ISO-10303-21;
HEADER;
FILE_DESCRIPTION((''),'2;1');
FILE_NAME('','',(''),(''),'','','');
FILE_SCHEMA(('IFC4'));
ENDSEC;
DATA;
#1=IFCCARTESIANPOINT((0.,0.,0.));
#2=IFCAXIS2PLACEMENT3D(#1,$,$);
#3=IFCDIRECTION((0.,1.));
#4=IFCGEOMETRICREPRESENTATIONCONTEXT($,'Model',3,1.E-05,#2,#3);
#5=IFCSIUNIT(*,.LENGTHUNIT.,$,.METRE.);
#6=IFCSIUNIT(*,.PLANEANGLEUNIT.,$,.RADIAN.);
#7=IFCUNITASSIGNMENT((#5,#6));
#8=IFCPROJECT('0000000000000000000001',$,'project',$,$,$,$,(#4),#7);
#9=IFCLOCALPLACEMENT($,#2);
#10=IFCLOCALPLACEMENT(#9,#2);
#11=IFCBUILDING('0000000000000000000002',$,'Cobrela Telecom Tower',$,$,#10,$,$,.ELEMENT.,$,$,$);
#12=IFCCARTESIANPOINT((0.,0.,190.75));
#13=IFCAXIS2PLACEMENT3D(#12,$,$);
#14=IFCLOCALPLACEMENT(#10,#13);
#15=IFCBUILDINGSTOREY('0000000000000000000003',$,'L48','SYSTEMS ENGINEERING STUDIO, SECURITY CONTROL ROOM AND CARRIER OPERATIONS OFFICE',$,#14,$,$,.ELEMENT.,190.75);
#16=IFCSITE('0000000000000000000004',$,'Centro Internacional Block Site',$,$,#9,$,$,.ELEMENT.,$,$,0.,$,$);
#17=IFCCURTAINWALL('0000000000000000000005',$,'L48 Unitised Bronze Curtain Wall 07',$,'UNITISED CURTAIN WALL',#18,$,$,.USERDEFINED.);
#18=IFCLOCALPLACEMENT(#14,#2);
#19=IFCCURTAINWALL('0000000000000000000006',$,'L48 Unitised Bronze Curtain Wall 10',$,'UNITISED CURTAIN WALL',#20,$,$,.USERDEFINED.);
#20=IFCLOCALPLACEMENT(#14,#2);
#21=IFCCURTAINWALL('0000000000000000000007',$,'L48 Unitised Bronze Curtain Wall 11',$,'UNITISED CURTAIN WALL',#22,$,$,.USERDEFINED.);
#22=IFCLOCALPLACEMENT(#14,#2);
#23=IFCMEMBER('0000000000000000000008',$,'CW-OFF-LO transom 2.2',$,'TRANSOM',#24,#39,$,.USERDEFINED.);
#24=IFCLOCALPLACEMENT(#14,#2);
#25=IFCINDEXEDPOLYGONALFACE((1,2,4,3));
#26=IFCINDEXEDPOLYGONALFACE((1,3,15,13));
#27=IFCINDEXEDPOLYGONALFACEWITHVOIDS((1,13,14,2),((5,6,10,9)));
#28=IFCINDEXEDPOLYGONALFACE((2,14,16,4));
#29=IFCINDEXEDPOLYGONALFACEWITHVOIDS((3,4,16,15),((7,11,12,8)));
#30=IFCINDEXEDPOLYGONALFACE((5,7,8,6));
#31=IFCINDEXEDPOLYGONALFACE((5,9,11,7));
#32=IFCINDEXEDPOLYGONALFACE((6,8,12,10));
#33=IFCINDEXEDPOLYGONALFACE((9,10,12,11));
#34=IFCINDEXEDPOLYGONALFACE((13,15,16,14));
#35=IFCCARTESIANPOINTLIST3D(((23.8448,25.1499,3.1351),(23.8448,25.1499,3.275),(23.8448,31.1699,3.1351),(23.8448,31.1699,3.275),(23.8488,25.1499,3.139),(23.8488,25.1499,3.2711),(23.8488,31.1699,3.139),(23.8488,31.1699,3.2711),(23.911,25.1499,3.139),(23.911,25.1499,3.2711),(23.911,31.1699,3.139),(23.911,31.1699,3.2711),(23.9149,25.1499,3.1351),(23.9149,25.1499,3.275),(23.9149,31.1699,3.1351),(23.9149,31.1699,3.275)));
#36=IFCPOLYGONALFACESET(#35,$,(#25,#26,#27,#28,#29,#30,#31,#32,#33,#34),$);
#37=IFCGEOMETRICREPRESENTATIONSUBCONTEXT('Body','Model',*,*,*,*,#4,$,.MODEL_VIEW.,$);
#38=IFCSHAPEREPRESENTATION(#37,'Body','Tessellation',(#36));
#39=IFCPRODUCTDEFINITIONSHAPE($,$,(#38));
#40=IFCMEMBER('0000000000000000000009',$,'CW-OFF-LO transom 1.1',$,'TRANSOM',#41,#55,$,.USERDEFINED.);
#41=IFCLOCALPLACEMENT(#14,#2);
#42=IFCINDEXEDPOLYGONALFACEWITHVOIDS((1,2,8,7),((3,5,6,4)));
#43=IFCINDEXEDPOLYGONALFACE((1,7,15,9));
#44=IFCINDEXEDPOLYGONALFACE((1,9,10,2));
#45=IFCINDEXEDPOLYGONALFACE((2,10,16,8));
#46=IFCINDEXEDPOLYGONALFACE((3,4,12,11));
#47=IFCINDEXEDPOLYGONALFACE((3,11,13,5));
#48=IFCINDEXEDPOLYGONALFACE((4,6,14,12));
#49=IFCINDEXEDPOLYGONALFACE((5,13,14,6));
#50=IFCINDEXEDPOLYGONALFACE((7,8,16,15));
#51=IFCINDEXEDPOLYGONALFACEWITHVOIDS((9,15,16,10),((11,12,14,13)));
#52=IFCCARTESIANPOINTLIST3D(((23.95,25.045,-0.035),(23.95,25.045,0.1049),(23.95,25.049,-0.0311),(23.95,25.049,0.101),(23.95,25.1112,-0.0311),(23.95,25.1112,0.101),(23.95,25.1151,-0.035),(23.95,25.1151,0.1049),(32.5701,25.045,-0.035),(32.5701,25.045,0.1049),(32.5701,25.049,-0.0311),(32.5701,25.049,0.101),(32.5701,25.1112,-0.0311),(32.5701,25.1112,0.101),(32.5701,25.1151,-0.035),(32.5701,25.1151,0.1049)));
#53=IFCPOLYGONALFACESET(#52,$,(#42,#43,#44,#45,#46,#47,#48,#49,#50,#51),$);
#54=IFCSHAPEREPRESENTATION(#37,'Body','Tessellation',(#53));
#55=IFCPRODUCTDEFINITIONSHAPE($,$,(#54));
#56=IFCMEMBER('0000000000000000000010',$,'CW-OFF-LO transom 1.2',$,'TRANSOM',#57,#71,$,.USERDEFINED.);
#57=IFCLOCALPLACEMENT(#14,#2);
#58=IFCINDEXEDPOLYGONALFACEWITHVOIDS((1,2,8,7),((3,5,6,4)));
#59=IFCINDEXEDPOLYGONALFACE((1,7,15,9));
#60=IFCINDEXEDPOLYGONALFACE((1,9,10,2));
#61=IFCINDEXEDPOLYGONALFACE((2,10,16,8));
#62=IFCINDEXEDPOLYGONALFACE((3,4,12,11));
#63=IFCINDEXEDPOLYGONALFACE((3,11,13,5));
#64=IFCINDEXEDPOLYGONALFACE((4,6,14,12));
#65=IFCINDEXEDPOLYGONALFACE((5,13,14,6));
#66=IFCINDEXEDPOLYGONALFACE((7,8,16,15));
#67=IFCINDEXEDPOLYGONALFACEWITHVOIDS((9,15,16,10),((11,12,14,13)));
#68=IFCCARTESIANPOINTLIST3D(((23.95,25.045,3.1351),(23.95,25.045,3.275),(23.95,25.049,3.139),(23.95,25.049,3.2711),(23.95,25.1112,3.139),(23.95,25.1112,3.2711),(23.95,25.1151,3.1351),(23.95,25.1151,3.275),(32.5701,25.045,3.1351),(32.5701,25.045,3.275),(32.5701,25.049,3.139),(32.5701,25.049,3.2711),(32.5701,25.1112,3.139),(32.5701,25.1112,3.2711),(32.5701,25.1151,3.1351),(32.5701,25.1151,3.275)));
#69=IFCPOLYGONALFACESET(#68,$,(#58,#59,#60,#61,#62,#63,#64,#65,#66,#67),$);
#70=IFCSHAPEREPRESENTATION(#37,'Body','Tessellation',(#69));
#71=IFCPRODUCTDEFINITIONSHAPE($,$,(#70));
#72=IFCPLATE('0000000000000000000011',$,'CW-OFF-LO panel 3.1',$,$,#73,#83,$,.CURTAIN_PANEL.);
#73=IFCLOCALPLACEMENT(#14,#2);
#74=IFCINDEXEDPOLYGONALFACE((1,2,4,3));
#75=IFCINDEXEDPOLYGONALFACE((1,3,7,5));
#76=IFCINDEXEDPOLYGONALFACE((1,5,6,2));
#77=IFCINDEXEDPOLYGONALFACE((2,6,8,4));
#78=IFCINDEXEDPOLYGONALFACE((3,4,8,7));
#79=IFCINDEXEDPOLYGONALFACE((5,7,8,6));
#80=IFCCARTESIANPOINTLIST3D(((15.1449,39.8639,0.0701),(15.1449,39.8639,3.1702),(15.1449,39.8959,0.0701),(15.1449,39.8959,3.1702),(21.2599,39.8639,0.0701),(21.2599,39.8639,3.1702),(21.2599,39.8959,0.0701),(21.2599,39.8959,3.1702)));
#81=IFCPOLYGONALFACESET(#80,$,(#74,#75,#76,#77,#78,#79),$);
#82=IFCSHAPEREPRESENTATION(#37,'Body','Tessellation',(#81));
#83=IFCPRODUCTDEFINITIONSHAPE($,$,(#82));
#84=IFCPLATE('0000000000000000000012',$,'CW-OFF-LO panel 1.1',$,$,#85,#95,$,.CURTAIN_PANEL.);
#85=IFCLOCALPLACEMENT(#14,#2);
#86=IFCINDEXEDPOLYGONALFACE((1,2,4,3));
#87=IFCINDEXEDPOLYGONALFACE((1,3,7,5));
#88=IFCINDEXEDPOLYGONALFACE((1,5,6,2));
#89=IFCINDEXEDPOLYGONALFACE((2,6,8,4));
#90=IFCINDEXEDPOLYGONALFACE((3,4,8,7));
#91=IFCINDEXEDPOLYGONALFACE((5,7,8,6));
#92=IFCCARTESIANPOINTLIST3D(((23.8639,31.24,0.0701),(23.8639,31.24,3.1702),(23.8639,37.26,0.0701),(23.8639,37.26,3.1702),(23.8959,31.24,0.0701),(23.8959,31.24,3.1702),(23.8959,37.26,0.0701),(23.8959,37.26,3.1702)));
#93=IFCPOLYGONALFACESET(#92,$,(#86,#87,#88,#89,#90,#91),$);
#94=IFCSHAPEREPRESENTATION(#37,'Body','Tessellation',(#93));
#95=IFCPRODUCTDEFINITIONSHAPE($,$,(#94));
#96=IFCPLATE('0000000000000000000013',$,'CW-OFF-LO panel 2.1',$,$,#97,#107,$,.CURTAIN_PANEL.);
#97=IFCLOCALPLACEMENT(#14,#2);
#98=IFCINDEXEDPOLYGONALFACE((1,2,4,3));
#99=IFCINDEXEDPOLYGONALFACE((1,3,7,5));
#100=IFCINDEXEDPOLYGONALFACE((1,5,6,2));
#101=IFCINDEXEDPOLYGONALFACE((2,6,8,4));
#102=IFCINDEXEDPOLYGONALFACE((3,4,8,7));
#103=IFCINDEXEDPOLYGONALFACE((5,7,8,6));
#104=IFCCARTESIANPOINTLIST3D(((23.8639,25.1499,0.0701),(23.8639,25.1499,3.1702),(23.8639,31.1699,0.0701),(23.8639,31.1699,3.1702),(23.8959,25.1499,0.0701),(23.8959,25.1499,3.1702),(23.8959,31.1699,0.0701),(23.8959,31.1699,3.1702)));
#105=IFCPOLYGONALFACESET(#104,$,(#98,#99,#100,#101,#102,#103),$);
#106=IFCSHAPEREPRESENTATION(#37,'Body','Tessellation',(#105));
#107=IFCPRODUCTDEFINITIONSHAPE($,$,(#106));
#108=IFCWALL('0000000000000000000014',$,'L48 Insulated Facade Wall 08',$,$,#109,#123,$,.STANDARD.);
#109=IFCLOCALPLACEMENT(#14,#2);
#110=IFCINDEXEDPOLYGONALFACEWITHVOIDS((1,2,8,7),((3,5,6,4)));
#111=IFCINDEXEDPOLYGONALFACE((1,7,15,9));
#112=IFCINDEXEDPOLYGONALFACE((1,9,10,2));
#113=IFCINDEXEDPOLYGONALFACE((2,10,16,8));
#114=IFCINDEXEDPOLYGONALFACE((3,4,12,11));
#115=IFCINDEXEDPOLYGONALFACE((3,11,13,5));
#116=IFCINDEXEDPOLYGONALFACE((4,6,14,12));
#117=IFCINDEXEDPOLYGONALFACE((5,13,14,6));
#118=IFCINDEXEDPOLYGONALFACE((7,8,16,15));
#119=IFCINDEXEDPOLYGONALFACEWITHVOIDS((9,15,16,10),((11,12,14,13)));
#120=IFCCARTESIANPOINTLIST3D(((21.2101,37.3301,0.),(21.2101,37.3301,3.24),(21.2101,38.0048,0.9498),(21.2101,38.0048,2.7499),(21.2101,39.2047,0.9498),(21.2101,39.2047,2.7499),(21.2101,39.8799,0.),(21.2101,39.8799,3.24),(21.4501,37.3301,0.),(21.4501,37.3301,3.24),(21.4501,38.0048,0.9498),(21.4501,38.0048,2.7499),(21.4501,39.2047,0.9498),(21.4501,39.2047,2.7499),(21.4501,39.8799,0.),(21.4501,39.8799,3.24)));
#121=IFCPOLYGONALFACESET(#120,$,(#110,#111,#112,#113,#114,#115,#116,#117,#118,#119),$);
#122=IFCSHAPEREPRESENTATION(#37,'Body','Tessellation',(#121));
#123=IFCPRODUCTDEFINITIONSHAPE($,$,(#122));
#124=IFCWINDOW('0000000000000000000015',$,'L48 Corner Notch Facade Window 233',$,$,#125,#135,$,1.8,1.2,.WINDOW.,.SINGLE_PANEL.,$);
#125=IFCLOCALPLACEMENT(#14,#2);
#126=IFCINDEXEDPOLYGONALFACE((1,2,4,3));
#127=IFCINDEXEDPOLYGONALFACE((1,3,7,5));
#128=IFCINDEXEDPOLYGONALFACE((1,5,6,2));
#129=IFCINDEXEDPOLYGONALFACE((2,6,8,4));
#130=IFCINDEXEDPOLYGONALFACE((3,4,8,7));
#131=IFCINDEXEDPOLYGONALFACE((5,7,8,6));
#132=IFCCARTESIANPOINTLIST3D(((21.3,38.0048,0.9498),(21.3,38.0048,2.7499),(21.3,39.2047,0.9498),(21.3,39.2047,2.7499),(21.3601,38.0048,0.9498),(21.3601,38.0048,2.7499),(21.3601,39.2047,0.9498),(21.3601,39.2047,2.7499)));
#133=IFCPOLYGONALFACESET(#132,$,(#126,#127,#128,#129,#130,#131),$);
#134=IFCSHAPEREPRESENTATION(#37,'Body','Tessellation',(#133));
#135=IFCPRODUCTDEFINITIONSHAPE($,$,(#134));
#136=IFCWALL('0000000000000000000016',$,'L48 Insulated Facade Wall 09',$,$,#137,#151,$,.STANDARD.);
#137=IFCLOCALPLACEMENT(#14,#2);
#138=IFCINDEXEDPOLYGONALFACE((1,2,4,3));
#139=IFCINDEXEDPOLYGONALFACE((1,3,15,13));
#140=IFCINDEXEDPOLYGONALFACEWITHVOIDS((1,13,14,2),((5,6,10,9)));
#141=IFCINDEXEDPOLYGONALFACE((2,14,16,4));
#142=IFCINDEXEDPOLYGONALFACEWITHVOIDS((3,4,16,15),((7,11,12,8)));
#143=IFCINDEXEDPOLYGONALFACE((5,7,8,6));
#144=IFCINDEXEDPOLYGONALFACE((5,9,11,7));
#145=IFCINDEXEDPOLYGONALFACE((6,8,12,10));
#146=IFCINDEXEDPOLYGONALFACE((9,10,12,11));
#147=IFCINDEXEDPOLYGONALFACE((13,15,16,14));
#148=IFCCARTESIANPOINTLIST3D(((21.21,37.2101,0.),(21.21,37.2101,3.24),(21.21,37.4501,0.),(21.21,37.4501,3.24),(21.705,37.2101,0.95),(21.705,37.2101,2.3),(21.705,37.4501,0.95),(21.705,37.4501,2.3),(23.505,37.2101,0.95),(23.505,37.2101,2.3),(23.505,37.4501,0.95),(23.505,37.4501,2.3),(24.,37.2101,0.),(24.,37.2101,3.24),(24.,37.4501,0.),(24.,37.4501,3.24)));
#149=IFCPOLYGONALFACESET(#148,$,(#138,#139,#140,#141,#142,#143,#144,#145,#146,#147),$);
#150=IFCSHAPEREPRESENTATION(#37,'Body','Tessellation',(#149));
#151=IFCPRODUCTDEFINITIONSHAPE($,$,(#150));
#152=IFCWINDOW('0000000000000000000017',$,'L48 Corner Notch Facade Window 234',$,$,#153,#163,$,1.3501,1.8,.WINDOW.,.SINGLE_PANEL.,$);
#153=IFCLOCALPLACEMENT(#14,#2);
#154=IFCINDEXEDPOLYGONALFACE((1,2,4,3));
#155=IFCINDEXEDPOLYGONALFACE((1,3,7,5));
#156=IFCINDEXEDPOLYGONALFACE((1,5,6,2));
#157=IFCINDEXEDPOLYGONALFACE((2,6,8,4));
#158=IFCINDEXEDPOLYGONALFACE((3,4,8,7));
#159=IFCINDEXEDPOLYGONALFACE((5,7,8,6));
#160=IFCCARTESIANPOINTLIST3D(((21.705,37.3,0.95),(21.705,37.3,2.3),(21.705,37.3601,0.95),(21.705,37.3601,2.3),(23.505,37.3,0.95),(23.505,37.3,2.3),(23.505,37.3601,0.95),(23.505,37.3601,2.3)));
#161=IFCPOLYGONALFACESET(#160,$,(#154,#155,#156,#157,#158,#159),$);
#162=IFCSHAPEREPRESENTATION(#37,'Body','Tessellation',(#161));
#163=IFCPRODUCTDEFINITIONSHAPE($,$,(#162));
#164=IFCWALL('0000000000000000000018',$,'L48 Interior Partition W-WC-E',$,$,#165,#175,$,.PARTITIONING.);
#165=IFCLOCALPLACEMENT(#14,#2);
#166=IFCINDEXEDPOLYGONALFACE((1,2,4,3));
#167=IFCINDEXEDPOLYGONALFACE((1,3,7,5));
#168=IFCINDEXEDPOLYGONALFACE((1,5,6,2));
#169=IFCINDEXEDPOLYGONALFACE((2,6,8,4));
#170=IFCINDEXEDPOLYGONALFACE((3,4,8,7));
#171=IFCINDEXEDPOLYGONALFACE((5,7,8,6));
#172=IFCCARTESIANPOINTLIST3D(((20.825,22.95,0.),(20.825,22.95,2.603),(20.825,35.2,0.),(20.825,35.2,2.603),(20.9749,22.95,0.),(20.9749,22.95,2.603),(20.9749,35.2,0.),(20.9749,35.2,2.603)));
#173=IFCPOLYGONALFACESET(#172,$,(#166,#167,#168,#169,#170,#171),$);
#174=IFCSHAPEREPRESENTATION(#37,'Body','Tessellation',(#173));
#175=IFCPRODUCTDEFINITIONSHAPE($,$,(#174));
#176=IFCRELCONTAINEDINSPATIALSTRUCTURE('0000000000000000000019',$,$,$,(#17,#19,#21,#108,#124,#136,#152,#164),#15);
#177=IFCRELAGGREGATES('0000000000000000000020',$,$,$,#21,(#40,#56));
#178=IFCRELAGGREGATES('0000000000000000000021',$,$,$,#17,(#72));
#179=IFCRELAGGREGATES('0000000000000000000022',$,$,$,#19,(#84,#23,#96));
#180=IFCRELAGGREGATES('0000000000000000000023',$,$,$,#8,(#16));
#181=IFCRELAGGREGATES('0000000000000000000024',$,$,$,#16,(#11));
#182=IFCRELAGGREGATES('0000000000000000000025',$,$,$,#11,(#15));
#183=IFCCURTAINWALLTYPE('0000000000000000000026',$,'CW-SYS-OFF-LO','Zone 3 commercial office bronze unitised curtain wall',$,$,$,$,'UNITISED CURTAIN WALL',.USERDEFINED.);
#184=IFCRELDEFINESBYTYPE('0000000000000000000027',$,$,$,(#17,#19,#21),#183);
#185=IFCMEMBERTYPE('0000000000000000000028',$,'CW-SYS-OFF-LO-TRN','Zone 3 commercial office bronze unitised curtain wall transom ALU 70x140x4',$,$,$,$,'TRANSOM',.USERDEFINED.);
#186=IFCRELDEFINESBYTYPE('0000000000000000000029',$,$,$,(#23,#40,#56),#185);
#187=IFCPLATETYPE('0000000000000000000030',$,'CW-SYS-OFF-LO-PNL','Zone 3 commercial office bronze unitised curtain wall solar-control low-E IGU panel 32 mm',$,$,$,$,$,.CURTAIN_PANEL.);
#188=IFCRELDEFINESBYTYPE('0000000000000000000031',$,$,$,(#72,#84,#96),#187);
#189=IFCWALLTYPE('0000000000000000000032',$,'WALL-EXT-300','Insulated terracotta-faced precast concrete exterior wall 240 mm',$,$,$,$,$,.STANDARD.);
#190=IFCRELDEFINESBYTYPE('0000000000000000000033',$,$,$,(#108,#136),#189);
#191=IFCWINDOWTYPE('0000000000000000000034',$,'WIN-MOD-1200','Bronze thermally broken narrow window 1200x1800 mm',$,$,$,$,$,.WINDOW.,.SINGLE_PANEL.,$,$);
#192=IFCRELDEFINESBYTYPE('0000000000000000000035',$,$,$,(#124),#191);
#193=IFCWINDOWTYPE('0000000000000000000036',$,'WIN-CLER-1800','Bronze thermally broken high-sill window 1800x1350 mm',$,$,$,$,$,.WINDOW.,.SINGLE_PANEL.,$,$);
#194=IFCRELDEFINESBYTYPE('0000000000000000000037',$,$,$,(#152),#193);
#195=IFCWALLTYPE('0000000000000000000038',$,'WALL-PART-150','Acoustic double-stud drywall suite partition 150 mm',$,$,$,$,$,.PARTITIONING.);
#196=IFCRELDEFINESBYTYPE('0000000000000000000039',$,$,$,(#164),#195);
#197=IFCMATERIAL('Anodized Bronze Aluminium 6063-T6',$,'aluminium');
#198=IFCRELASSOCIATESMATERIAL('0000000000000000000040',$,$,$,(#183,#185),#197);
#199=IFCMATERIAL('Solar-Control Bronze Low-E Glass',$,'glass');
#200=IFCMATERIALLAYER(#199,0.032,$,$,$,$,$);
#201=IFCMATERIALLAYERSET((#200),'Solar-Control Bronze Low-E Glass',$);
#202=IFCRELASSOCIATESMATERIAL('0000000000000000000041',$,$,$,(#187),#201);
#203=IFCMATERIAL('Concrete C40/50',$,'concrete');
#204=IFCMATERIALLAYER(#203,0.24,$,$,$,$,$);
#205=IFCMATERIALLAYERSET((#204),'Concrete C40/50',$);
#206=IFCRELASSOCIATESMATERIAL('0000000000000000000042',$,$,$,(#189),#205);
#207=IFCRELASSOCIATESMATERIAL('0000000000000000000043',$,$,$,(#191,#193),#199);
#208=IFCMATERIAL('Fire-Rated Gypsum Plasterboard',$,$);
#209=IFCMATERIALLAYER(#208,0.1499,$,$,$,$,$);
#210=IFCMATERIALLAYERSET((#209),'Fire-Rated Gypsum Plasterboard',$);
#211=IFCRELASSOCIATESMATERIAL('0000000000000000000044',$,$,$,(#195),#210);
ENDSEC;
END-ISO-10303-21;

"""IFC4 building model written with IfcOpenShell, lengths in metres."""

from ifc_helpers import new_model, si_unit, direction, frame, frame_2d, origin, origin_2d, place, context, subcontext, project, spatial, rectangle, hollow_rectangle, extrude, material, layer, layer_set, material_profile, profile_set, type_object, element, fill, aggregate, save


model = new_model("IFC4")

# Units and contexts
model_context = context("Model", 3, precision=1e-05, world=origin(), true_north=direction((0.0, 1.0)))
body_context = subcontext(model_context, "Body", "Model", "MODEL_VIEW")
ifc_project = project(units=[si_unit("LENGTHUNIT", "METRE"), si_unit("PLANEANGLEUNIT", "RADIAN")], contexts=[model_context])

# Site, building, storey
site_placement = place(None, origin())
site = spatial("IfcSite", under=ifc_project, at=site_placement, Name="Centro Internacional Block Site", CompositionType="ELEMENT", RefElevation=0.0)
building_placement = place(site_placement, origin())
building = spatial("IfcBuilding", under=site, at=building_placement, Name="Cobrela Telecom Tower", CompositionType="ELEMENT")
storey_placement = place(building_placement, frame((0.0, 0.0, 190.75)))
storey = spatial("IfcBuildingStorey", under=building, at=storey_placement, Name="L48", Description="SYSTEMS ENGINEERING STUDIO, SECURITY CONTROL ROOM AND CARRIER OPERATIONS OFFICE", CompositionType="ELEMENT", Elevation=190.75)

# Curtain wall
ifc_material_1 = material(Name="Anodized Bronze Aluminium 6063-T6", Category="aluminium")
curtain_wall_type = type_object("IfcCurtainWallType", Name="CW-SYS-OFF-LO", Description="Zone 3 commercial office bronze unitised curtain wall", ElementType="UNITISED CURTAIN WALL", PredefinedType="USERDEFINED", material=ifc_material_1)
curtain_wall_1_placement = place(storey_placement, origin())
curtain_wall_1 = element("IfcCurtainWall", 1, at=curtain_wall_1_placement, inside=storey, type_object=curtain_wall_type, Name="L48 Unitised Bronze Curtain Wall 07", ObjectType="UNITISED CURTAIN WALL", PredefinedType="USERDEFINED")

# Curtain wall
curtain_wall_2_placement = place(storey_placement, origin())
curtain_wall_2 = element("IfcCurtainWall", 2, at=curtain_wall_2_placement, inside=storey, type_object=curtain_wall_type, Name="L48 Unitised Bronze Curtain Wall 10", ObjectType="UNITISED CURTAIN WALL", PredefinedType="USERDEFINED")

# Curtain wall
curtain_wall_3_placement = place(storey_placement, origin())
curtain_wall_3 = element("IfcCurtainWall", 3, at=curtain_wall_3_placement, inside=storey, type_object=curtain_wall_type, Name="L48 Unitised Bronze Curtain Wall 11", ObjectType="UNITISED CURTAIN WALL", PredefinedType="USERDEFINED")

# Members
ifc_material_profile_1 = material_profile(ifc_material_1, hollow_rectangle(XDim=0.0701, YDim=0.1399, WallThickness=0.0039, at=origin_2d()), Name="ALU 70x140x4")
ifc_profile_set_1 = profile_set([ifc_material_profile_1], Name="Anodized Bronze Aluminium 6063-T6")
member_type_1 = type_object("IfcMemberType", Name="CW-SYS-OFF-LO-TRN", Description="Zone 3 commercial office bronze unitised curtain wall transom ALU 70x140x4", ElementType="TRANSOM", PredefinedType="USERDEFINED", material=ifc_profile_set_1)
member_1_placement = place(storey_placement, frame((23.8799, 31.1699, 3.2051), z_axis=(0.0, -1.0, 0.0), x_axis=(1.0, 0.0, 0.0)))
member_1 = element("IfcMember", 4, at=member_1_placement, type_object=member_type_1, Name="CW-OFF-LO transom 2.2", ObjectType="TRANSOM", PredefinedType="USERDEFINED", context=body_context, shape_type="SweptSolid", body=[
    extrude(hollow_rectangle(XDim=0.0701, YDim=0.1399, WallThickness=0.0039, at=origin_2d()), origin(), (0.0, 0.0, 1.0), 6.02),
])
member_2_placement = place(storey_placement, frame((23.95, 25.0801, 0.0349), z_axis=(1.0, 0.0, 0.0), x_axis=(0.0, 1.0, 0.0)))
member_2 = element("IfcMember", 5, at=member_2_placement, type_object=member_type_1, Name="CW-OFF-LO transom 1.1", ObjectType="TRANSOM", PredefinedType="USERDEFINED", context=body_context, shape_type="SweptSolid", body=[
    extrude(hollow_rectangle(XDim=0.0701, YDim=0.1399, WallThickness=0.0039, at=origin_2d()), origin(), (0.0, 0.0, 1.0), 8.6201),
])
member_3_placement = place(storey_placement, frame((23.95, 25.0801, 3.2051), z_axis=(1.0, 0.0, 0.0), x_axis=(0.0, 1.0, 0.0)))
member_3 = element("IfcMember", 6, at=member_3_placement, type_object=member_type_1, Name="CW-OFF-LO transom 1.2", ObjectType="TRANSOM", PredefinedType="USERDEFINED", context=body_context, shape_type="SweptSolid", body=[
    extrude(hollow_rectangle(XDim=0.0701, YDim=0.1399, WallThickness=0.0039, at=origin_2d()), origin(), (0.0, 0.0, 1.0), 8.6201),
])
aggregate(curtain_wall_3, [member_2, member_3])

# Plates
ifc_material_2 = material(Name="Solar-Control Bronze Low-E Glass", Category="glass")
ifc_layer_1 = layer(ifc_material_2, 0.032)
ifc_layer_set_1 = layer_set([ifc_layer_1], Name="Solar-Control Bronze Low-E Glass")
plate_type = type_object("IfcPlateType", Name="CW-SYS-OFF-LO-PNL", Description="Zone 3 commercial office bronze unitised curtain wall solar-control low-E IGU panel 32 mm", PredefinedType="CURTAIN_PANEL", material=ifc_layer_set_1)
plate_1_placement = place(storey_placement, frame((18.2024, 39.8799, 0.0701), z_axis=(0.0, 0.0, 1.0), x_axis=(1.0, 0.0, 0.0)))
plate_1 = element("IfcPlate", 7, at=plate_1_placement, type_object=plate_type, Name="CW-OFF-LO panel 3.1", PredefinedType="CURTAIN_PANEL", context=body_context, shape_type="SweptSolid", body=[
    extrude(rectangle(XDim=6.115, YDim=0.032, at=origin_2d()), origin(), (0.0, 0.0, 1.0), 3.1001),
])
aggregate(curtain_wall_1, [plate_1])
plate_2_placement = place(storey_placement, frame((23.8799, 34.25, 0.0701), z_axis=(0.0, 0.0, 1.0), x_axis=(0.0, -1.0, 0.0)))
plate_2 = element("IfcPlate", 8, at=plate_2_placement, type_object=plate_type, Name="CW-OFF-LO panel 1.1", PredefinedType="CURTAIN_PANEL", context=body_context, shape_type="SweptSolid", body=[
    extrude(rectangle(XDim=6.02, YDim=0.032, at=origin_2d()), origin(), (0.0, 0.0, 1.0), 3.1001),
])
plate_3_placement = place(storey_placement, frame((23.8799, 28.1599, 0.0701), z_axis=(0.0, 0.0, 1.0), x_axis=(0.0, -1.0, 0.0)))
plate_3 = element("IfcPlate", 9, at=plate_3_placement, type_object=plate_type, Name="CW-OFF-LO panel 2.1", PredefinedType="CURTAIN_PANEL", context=body_context, shape_type="SweptSolid", body=[
    extrude(rectangle(XDim=6.02, YDim=0.032, at=origin_2d()), origin(), (0.0, 0.0, 1.0), 3.1001),
])
aggregate(curtain_wall_2, [plate_2, member_1, plate_3])

# Walls, openings, windows
ifc_material_3 = material(Name="Concrete C40/50", Category="concrete")
ifc_layer_2 = layer(ifc_material_3, 0.24)
ifc_layer_set_2 = layer_set([ifc_layer_2], Name="Concrete C40/50")
wall_type_1 = type_object("IfcWallType", Name="WALL-EXT-300", Description="Insulated terracotta-faced precast concrete exterior wall 240 mm", PredefinedType="STANDARD", material=ifc_layer_set_2)
wall_1_placement = place(storey_placement, frame((21.3301, 39.8799, 0.0), z_axis=(0.0, 0.0, 1.0), x_axis=(0.0, -1.0, 0.0)))
wall_1 = element("IfcWall", 10, at=wall_1_placement, inside=storey, type_object=wall_type_1, Name="L48 Insulated Facade Wall 08", PredefinedType="STANDARD", context=body_context, shape_type="SweptSolid", body=[
    extrude(rectangle(XDim=2.5498, YDim=0.24, at=frame_2d((1.2749, 0.0))), origin(), (0.0, 0.0, 1.0), 3.24),
])
opening_1_placement = place(wall_1_placement, frame((0.675, 0.0, 0.95)))
opening_1 = element("IfcOpeningElement", 11, at=opening_1_placement, cuts=wall_1, PredefinedType="OPENING", context=body_context, shape_type="SweptSolid", body=[
    extrude(rectangle(XDim=1.2, YDim=1.8, at=frame_2d((0.6001, 0.8999))), frame((0.0, 0.1318, 0.0), z_axis=(0.0, -1.0, 0.0), x_axis=(1.0, 0.0, 0.0)), (0.0, 0.0, 1.0), 0.2639),
])
window_type_1 = type_object("IfcWindowType", Name="WIN-MOD-1200", Description="Bronze thermally broken narrow window 1200x1800 mm", PartitioningType="SINGLE_PANEL", PredefinedType="WINDOW", material=ifc_material_2)
window_1_placement = place(opening_1_placement, origin())
window_1 = element("IfcWindow", 12, at=window_1_placement, inside=storey, type_object=window_type_1, Name="L48 Corner Notch Facade Window 233", OverallHeight=1.8, OverallWidth=1.2, PartitioningType="SINGLE_PANEL", PredefinedType="WINDOW", context=body_context, shape_type="SweptSolid", body=[
    extrude(rectangle(XDim=1.2, YDim=1.8, at=frame_2d((0.6001, 0.8999))), frame((0.0, 0.03, 0.0), z_axis=(0.0, -1.0, 0.0), x_axis=(1.0, 0.0, 0.0)), (0.0, 0.0, 1.0), 0.0601),
])
fill(opening_1, window_1)
wall_2_placement = place(storey_placement, frame((21.21, 37.3301, 0.0), z_axis=(0.0, 0.0, 1.0), x_axis=(1.0, 0.0, 0.0)))
wall_2 = element("IfcWall", 13, at=wall_2_placement, inside=storey, type_object=wall_type_1, Name="L48 Insulated Facade Wall 09", PredefinedType="STANDARD", context=body_context, shape_type="SweptSolid", body=[
    extrude(rectangle(XDim=2.79, YDim=0.24, at=frame_2d((1.395, 0.0))), origin(), (0.0, 0.0, 1.0), 3.24),
])
opening_2_placement = place(wall_2_placement, frame((0.4951, 0.0, 0.95)))
opening_2 = element("IfcOpeningElement", 14, at=opening_2_placement, cuts=wall_2, PredefinedType="OPENING", context=body_context, shape_type="SweptSolid", body=[
    extrude(rectangle(XDim=1.8, YDim=1.3501, at=frame_2d((0.8999, 0.675))), frame((0.0, 0.1318, 0.0), z_axis=(0.0, -1.0, 0.0), x_axis=(1.0, 0.0, 0.0)), (0.0, 0.0, 1.0), 0.2639),
])
window_type_2 = type_object("IfcWindowType", Name="WIN-CLER-1800", Description="Bronze thermally broken high-sill window 1800x1350 mm", PartitioningType="SINGLE_PANEL", PredefinedType="WINDOW", material=ifc_material_2)
window_2_placement = place(opening_2_placement, origin())
window_2 = element("IfcWindow", 15, at=window_2_placement, inside=storey, type_object=window_type_2, Name="L48 Corner Notch Facade Window 234", OverallHeight=1.3501, OverallWidth=1.8, PartitioningType="SINGLE_PANEL", PredefinedType="WINDOW", context=body_context, shape_type="SweptSolid", body=[
    extrude(rectangle(XDim=1.8, YDim=1.3501, at=frame_2d((0.8999, 0.675))), frame((0.0, 0.03, 0.0), z_axis=(0.0, -1.0, 0.0), x_axis=(1.0, 0.0, 0.0)), (0.0, 0.0, 1.0), 0.0601),
])
fill(opening_2, window_2)

# Wall
ifc_material_4 = material(Name="Fire-Rated Gypsum Plasterboard")
ifc_layer_3 = layer(ifc_material_4, 0.1499)
ifc_layer_set_3 = layer_set([ifc_layer_3], Name="Fire-Rated Gypsum Plasterboard")
wall_type_2 = type_object("IfcWallType", Name="WALL-PART-150", Description="Acoustic double-stud drywall suite partition 150 mm", PredefinedType="PARTITIONING", material=ifc_layer_set_3)
wall_3_placement = place(storey_placement, frame((20.8999, 22.95, 0.0), z_axis=(0.0, 0.0, 1.0), x_axis=(0.0, 1.0, 0.0)))
element("IfcWall", 16, at=wall_3_placement, inside=storey, type_object=wall_type_2, Name="L48 Interior Partition W-WC-E", PredefinedType="PARTITIONING", context=body_context, shape_type="SweptSolid", body=[
    extrude(rectangle(XDim=12.25, YDim=0.1499, at=frame_2d((6.125, 0.0))), origin(), (0.0, 0.0, 1.0), 2.603),
])

save(model, "model.ifc")
